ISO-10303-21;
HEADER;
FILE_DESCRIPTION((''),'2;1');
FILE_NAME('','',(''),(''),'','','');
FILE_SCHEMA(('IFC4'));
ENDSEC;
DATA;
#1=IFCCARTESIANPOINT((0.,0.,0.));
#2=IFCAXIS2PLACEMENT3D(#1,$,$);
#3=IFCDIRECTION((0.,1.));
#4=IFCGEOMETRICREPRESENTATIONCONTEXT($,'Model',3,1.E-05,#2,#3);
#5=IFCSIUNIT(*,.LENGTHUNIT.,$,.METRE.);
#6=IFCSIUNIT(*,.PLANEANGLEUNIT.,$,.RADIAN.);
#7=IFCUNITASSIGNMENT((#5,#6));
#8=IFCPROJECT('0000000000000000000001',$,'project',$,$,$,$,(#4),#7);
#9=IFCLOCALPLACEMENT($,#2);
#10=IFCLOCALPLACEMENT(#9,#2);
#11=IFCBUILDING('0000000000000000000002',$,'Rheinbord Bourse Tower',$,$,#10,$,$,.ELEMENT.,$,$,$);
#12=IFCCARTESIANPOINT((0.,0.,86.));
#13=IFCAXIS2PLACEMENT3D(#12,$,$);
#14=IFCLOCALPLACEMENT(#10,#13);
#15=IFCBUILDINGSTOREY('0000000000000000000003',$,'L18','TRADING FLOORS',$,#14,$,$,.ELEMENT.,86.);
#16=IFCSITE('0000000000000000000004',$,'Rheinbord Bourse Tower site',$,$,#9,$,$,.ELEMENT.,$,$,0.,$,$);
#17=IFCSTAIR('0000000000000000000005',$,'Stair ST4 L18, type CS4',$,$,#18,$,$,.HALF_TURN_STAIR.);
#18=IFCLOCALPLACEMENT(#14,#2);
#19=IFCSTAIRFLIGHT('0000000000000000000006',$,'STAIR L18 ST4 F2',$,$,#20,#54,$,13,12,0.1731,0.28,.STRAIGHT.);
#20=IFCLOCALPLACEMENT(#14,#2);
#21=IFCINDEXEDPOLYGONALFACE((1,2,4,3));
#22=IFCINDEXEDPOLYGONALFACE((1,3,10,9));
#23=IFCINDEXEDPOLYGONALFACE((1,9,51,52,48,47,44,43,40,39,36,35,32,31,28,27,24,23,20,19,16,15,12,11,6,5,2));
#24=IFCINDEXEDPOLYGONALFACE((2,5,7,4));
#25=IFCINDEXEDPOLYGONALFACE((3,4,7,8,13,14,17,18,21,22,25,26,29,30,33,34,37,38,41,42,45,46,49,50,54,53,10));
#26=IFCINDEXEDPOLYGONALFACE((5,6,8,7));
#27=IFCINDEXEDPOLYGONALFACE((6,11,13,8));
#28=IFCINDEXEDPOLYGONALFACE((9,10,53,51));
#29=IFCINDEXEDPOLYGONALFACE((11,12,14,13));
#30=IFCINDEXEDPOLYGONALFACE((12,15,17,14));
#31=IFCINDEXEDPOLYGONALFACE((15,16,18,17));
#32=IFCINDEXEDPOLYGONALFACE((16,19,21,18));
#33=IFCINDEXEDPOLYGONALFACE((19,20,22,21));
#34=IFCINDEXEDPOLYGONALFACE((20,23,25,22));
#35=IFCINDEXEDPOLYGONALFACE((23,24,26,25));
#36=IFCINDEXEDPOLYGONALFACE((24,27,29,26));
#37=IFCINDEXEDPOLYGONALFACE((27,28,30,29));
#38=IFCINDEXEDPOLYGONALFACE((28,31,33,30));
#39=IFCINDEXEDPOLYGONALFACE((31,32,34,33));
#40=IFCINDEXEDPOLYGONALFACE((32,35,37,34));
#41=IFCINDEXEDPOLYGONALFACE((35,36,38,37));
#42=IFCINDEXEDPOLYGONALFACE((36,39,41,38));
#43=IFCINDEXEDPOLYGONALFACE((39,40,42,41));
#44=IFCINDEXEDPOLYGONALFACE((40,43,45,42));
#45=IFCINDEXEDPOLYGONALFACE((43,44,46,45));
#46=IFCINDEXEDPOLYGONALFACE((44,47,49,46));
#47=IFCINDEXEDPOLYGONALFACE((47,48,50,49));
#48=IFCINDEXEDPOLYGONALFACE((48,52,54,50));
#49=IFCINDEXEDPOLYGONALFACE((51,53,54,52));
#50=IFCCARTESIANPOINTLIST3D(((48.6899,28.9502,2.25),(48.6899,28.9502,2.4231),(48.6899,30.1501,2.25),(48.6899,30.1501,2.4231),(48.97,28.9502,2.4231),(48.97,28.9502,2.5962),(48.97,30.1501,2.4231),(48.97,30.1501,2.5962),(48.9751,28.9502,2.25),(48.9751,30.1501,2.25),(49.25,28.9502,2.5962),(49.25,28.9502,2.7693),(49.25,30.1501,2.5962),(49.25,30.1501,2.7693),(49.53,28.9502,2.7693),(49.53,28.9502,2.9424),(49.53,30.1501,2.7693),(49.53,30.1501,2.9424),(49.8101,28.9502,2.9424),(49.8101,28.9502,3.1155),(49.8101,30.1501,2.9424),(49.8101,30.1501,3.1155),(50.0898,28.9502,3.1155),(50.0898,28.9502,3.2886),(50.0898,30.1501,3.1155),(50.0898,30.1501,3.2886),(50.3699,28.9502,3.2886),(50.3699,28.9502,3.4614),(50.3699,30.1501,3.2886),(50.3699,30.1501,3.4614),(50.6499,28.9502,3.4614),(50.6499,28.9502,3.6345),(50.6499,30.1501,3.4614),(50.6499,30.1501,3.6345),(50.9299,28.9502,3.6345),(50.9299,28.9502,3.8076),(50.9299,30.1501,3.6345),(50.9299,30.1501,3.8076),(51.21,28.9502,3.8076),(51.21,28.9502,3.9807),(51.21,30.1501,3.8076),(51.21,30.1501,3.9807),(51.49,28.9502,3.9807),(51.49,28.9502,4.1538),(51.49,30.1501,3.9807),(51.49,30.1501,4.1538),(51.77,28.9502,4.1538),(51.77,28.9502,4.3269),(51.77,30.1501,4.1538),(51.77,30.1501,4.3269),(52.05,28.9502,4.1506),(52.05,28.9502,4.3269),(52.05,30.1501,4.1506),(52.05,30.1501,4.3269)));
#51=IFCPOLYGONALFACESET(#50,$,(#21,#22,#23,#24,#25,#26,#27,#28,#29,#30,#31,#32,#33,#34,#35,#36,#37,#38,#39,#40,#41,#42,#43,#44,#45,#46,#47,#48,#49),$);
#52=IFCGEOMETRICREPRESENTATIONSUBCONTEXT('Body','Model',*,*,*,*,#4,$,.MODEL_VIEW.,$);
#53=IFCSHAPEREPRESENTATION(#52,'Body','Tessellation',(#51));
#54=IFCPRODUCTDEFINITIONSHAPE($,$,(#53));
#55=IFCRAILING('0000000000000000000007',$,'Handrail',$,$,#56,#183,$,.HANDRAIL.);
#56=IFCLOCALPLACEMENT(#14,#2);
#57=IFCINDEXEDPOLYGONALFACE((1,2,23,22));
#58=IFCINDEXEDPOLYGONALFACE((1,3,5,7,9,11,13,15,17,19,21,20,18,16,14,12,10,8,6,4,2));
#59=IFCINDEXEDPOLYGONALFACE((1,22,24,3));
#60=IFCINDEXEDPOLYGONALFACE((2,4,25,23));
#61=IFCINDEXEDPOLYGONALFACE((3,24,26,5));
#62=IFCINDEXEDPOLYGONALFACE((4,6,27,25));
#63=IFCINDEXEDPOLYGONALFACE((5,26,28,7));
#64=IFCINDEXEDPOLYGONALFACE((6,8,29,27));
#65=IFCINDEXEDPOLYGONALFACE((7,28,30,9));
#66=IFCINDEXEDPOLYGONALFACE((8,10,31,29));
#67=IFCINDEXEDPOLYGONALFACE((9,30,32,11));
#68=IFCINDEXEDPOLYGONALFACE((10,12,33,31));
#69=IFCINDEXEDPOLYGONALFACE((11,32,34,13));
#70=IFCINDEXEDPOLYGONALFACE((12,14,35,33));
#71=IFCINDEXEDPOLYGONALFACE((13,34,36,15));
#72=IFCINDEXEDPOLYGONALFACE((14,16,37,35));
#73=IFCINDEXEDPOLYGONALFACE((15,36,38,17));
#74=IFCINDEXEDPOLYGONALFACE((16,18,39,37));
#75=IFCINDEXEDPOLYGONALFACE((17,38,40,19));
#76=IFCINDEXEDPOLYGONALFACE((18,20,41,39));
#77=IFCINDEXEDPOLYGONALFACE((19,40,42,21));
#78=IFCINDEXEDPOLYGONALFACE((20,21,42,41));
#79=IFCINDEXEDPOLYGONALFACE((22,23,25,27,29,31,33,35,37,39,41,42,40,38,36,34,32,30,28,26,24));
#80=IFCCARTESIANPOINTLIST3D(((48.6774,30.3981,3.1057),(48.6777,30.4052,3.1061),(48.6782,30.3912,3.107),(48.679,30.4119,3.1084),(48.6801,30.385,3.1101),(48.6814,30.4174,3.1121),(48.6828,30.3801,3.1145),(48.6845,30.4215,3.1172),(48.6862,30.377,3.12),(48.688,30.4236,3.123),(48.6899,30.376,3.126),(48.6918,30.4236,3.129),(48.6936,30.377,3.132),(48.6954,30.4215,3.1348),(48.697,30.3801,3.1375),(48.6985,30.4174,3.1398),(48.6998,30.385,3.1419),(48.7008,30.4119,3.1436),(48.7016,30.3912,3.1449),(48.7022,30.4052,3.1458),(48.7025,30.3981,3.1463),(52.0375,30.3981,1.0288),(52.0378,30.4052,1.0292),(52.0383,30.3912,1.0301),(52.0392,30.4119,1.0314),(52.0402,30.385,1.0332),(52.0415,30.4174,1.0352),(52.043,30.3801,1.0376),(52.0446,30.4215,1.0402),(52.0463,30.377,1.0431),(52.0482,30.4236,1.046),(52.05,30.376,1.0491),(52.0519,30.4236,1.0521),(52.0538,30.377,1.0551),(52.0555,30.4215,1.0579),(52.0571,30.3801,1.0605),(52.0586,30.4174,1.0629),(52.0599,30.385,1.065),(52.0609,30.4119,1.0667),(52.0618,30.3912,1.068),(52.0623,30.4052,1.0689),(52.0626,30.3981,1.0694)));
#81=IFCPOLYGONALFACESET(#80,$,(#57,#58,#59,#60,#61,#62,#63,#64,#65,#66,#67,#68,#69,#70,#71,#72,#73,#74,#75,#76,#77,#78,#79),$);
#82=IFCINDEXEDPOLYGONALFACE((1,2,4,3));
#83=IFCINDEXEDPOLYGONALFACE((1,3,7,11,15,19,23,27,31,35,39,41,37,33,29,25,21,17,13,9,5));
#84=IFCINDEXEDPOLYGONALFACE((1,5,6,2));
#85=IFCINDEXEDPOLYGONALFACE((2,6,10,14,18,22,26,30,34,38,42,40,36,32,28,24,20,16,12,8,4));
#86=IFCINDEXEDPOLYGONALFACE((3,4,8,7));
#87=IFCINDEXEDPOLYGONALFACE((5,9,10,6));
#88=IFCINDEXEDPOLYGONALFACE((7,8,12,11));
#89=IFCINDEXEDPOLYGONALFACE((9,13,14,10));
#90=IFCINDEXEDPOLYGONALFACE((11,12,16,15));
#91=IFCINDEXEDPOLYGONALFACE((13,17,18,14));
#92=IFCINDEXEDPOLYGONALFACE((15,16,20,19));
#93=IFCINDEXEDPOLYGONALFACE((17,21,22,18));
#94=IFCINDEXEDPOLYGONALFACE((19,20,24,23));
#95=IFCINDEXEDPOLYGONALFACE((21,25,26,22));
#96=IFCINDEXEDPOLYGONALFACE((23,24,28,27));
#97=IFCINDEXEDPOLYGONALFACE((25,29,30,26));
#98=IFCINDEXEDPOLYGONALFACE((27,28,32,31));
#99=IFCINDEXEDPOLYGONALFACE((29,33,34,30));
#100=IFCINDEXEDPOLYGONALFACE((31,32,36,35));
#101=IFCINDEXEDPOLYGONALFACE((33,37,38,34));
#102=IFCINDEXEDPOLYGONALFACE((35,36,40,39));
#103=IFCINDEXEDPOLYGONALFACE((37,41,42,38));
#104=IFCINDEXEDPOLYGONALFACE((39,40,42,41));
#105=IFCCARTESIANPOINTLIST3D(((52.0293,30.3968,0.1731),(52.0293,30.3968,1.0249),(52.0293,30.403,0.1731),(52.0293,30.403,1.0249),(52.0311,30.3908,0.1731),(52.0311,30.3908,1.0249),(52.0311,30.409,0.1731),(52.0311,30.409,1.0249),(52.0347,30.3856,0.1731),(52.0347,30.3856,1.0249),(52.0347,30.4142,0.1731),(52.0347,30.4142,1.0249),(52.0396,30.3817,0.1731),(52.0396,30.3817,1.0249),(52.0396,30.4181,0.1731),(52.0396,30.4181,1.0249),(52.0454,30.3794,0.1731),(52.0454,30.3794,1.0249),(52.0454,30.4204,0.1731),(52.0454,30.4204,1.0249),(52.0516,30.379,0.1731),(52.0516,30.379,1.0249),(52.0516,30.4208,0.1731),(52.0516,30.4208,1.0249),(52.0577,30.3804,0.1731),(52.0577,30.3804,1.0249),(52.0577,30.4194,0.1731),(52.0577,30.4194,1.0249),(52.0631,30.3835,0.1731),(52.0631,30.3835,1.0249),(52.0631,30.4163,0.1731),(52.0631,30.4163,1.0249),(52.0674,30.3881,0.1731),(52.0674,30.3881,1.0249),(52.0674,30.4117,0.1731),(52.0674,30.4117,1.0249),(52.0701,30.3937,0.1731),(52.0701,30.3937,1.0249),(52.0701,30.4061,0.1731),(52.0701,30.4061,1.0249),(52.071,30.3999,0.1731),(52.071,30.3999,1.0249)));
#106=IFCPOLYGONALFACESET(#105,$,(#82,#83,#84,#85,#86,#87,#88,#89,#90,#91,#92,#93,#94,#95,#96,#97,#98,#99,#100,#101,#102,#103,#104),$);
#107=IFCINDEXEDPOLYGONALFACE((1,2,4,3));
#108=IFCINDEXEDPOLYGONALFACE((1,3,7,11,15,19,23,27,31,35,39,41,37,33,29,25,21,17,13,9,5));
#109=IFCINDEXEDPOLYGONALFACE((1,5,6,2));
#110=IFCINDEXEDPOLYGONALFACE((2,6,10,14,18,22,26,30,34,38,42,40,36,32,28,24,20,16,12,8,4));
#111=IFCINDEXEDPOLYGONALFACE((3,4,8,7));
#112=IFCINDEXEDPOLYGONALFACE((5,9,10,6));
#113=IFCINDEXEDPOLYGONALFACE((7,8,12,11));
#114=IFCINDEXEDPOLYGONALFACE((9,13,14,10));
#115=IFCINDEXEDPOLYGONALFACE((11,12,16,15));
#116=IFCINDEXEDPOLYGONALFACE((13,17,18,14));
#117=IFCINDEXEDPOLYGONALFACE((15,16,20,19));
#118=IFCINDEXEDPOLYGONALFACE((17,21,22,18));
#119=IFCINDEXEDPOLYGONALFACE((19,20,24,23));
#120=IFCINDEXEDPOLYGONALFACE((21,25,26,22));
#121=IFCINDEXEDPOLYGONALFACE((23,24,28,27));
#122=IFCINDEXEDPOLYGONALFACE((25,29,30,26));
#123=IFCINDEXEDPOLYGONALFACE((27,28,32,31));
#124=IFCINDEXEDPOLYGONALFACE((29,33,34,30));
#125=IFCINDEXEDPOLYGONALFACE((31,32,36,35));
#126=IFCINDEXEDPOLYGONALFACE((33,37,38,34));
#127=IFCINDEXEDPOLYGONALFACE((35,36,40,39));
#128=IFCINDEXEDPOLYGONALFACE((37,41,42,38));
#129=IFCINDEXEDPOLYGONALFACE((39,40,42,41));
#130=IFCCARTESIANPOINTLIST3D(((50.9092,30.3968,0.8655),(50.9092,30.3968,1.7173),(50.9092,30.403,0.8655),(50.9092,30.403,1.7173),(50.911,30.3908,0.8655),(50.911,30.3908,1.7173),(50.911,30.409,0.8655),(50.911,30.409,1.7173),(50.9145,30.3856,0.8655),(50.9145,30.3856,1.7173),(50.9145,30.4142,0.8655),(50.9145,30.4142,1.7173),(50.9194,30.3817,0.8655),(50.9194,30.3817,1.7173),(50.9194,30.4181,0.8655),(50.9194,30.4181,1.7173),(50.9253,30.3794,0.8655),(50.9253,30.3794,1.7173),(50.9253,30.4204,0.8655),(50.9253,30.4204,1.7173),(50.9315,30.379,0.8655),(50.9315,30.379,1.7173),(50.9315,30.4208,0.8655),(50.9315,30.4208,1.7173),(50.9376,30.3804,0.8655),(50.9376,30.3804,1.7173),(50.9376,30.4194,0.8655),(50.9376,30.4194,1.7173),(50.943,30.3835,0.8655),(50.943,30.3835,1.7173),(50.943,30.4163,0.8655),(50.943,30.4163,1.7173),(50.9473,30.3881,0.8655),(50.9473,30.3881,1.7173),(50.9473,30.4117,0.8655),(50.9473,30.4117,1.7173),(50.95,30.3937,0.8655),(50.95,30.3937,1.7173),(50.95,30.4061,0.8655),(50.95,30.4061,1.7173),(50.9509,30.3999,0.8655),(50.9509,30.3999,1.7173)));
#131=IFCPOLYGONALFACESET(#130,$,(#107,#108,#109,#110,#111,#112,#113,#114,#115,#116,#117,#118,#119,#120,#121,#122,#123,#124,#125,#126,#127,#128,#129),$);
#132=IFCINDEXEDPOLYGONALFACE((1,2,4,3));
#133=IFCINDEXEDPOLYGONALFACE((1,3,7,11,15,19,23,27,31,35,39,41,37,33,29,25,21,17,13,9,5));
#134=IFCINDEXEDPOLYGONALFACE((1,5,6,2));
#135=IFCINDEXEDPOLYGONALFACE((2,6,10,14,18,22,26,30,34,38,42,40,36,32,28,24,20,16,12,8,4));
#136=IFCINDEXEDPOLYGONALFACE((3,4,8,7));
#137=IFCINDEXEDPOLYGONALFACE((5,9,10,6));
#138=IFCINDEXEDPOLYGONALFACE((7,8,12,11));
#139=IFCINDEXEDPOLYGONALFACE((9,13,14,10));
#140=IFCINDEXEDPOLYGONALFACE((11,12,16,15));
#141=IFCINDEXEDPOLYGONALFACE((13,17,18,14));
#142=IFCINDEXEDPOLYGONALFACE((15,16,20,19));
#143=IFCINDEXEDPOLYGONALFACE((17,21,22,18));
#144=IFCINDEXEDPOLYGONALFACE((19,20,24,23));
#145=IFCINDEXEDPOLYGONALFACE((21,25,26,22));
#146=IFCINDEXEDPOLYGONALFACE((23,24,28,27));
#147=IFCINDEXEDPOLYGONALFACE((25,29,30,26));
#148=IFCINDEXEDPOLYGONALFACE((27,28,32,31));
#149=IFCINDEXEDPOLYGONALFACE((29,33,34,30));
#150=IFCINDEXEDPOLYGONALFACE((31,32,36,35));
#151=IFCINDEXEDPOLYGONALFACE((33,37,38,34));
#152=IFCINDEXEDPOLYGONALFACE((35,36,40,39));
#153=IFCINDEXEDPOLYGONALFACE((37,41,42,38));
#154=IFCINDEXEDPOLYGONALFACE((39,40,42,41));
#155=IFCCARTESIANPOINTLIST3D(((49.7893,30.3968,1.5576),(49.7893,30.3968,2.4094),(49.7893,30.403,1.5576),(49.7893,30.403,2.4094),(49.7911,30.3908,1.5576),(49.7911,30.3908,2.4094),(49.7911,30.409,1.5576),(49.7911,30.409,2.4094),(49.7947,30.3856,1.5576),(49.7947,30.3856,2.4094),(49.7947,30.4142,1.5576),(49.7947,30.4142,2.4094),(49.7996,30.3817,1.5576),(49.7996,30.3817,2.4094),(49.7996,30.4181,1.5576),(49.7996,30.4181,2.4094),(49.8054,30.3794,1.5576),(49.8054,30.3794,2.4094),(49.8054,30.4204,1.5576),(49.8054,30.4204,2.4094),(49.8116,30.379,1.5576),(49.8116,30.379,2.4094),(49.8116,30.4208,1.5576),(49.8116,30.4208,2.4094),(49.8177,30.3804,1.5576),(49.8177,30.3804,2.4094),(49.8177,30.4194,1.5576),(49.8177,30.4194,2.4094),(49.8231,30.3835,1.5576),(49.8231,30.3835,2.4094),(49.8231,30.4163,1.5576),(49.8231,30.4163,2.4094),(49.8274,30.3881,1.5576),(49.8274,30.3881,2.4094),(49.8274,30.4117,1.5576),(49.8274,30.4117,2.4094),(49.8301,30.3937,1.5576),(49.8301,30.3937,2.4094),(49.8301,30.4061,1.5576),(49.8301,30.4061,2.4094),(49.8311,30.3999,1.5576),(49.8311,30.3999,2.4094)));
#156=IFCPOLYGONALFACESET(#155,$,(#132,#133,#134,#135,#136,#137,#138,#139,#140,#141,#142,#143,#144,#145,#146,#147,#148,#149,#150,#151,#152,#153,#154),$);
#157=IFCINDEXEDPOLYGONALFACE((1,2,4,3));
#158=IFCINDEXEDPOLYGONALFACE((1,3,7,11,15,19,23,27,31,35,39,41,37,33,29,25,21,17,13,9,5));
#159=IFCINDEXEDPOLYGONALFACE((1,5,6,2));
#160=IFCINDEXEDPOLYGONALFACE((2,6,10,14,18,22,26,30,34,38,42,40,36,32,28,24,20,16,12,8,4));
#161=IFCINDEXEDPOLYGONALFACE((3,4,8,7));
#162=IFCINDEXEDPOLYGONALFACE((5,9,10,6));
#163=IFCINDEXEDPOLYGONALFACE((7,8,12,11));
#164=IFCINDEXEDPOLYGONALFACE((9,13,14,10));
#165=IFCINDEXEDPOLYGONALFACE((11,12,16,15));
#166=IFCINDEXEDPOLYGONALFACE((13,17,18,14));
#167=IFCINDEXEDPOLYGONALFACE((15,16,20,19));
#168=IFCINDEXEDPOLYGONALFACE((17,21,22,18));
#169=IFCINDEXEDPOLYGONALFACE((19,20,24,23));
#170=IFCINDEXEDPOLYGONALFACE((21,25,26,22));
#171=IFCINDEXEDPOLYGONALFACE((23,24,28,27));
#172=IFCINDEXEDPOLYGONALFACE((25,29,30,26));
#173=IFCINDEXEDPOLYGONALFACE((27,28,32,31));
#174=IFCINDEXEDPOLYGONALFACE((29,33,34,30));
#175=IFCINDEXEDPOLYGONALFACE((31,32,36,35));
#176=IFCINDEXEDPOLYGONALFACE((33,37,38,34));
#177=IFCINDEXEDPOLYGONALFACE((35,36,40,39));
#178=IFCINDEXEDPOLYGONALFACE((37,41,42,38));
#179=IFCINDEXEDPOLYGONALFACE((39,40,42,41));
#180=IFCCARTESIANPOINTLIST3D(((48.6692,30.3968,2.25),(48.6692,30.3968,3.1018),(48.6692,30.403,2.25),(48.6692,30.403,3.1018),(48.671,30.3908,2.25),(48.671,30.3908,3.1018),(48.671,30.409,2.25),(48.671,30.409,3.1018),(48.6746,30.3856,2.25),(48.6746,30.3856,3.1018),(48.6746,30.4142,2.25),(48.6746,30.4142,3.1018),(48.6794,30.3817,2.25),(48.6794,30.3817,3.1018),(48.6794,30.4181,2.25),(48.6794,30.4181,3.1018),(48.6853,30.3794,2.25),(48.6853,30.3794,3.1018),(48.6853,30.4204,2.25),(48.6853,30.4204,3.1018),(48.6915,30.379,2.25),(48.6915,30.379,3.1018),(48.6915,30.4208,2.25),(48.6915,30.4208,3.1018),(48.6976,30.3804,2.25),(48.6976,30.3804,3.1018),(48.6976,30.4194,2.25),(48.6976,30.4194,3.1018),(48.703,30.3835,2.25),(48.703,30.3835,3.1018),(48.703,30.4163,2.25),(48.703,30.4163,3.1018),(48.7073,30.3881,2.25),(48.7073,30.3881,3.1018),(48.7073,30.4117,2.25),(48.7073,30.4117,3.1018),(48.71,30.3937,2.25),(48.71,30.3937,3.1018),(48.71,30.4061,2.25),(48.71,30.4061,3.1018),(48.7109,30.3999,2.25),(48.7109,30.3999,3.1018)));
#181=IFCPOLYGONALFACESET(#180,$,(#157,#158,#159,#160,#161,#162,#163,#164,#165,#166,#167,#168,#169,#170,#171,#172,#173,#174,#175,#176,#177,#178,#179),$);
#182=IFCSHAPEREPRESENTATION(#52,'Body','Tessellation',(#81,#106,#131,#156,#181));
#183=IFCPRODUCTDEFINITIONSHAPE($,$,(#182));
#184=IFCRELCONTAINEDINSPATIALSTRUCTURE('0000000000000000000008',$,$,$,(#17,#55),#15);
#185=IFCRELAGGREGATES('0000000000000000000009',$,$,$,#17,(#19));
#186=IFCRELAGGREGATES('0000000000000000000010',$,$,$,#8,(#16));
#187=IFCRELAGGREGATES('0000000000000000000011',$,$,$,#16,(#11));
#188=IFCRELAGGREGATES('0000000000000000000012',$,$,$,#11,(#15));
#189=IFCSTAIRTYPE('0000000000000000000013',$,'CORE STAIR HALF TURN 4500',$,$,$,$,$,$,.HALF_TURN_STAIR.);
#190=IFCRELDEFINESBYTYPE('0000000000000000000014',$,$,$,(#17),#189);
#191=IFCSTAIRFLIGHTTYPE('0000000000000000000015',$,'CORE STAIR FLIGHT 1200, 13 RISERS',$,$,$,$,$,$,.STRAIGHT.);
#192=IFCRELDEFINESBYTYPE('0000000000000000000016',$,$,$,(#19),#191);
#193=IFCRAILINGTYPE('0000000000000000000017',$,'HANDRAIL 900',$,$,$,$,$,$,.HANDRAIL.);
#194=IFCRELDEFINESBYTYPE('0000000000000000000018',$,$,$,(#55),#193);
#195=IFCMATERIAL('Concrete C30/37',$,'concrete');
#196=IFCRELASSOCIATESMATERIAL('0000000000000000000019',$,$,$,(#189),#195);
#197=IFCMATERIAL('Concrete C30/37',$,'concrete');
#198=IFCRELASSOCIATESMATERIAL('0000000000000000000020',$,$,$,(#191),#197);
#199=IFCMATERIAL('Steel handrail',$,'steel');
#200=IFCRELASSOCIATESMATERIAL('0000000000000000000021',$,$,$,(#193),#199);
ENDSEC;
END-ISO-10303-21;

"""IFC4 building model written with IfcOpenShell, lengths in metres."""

from ifc_helpers import new_model, si_unit, direction, frame, origin, origin_2d, place, context, subcontext, project, spatial, polyline, circle, outline, extrude, material, type_object, element, aggregate, save


model = new_model("IFC4")

# Units and contexts
model_context = context("Model", 3, precision=1e-05, world=origin(), true_north=direction((0.0, 1.0)))
body_context = subcontext(model_context, "Body", "Model", "MODEL_VIEW")
ifc_project = project(units=[si_unit("LENGTHUNIT", "METRE"), si_unit("PLANEANGLEUNIT", "RADIAN")], contexts=[model_context])

# Site, building, storey
site_placement = place(None, origin())
site = spatial("IfcSite", under=ifc_project, at=site_placement, Name="Rheinbord Bourse Tower site", CompositionType="ELEMENT", RefElevation=0.0)
building_placement = place(site_placement, origin())
building = spatial("IfcBuilding", under=site, at=building_placement, Name="Rheinbord Bourse Tower", CompositionType="ELEMENT")
storey_placement = place(building_placement, frame((0.0, 0.0, 86.0)))
storey = spatial("IfcBuildingStorey", under=building, at=storey_placement, Name="L18", Description="TRADING FLOORS", CompositionType="ELEMENT", Elevation=86.0)

# Stair, stair flight
ifc_material_1 = material(Name="Concrete C30/37", Category="concrete")
stair_type = type_object("IfcStairType", Name="CORE STAIR HALF TURN 4500", PredefinedType="HALF_TURN_STAIR", material=ifc_material_1)
stair_placement = place(storey_placement, origin())
stair = element("IfcStair", 1, at=stair_placement, inside=storey, type_object=stair_type, Name="Stair ST4 L18, type CS4", PredefinedType="HALF_TURN_STAIR")
ifc_material_2 = material(Name="Concrete C30/37", Category="concrete")
stair_flight_type = type_object("IfcStairFlightType", Name="CORE STAIR FLIGHT 1200, 13 RISERS", PredefinedType="STRAIGHT", material=ifc_material_2)
stair_flight_1_placement = place(storey_placement, frame((48.6899, 29.55, 2.25), z_axis=(0.0, 0.0, 1.0), x_axis=(1.0, 0.0, 0.0)))
stair_flight_1 = element("IfcStairFlight", 2, at=stair_flight_1_placement, type_object=stair_flight_type, Name="STAIR L18 ST4 F2", NumberOfRisers=13, NumberOfTreads=12, PredefinedType="STRAIGHT", RiserHeight=0.1731, TreadLength=0.28, context=body_context, shape_type="SweptSolid", body=[
    extrude(outline(polyline([(0.0, 0.0), (0.0, 0.1731), (0.28, 0.1731), (0.28, 0.3462), (0.5601, 0.3462), (0.5601, 0.5193), (0.8401, 0.5193), (0.8401, 0.6924), (1.1201, 0.6924), (1.1201, 0.8655), (1.3999, 0.8655), (1.3999, 1.0386), (1.6799, 1.0386), (1.6799, 1.2114), (1.96, 1.2114), (1.96, 1.3845), (2.24, 1.3845), (2.24, 1.5576), (2.52, 1.5576), (2.52, 1.7307), (2.8, 1.7307), (2.8, 1.9038), (3.0801, 1.9038), (3.0801, 2.0769), (3.3601, 2.0769), (3.3601, 2.25), (3.3601, 1.9006), (0.2852, 0.0), (0.0, 0.0)])), frame((0.0, 0.6001, 0.0), z_axis=(0.0, -1.0, 0.0), x_axis=(1.0, 0.0, 0.0)), (0.0, 0.0, 1.0), 1.2),
])
aggregate(stair, [stair_flight_1])

# Railing
ifc_material_3 = material(Name="Steel handrail", Category="steel")
railing_type = type_object("IfcRailingType", Name="HANDRAIL 900", PredefinedType="HANDRAIL", material=ifc_material_3)
railing_1_placement = place(storey_placement, frame((52.05, 30.3999, 0.1731)))
element("IfcRailing", 3, at=railing_1_placement, inside=storey, type_object=railing_type, Name="Handrail", PredefinedType="HANDRAIL", context=body_context, shape_type="SweptSolid", body=[
    extrude(circle(Radius=0.0239, at=origin_2d()), frame((0.0, 0.0, 0.876), z_axis=(-0.850623, 0.0, 0.525776), x_axis=(0.0, -1.0, 0.0)), (0.0, 0.0, 1.0), 3.9502),
    extrude(circle(Radius=0.021, at=origin_2d()), origin(), (0.0, 0.0, 1.0), 0.8518),
    extrude(circle(Radius=0.021, at=origin_2d()), frame((-1.1201, 0.0, 0.6924)), (0.0, 0.0, 1.0), 0.8518),
    extrude(circle(Radius=0.021, at=origin_2d()), frame((-2.24, 0.0, 1.3845)), (0.0, 0.0, 1.0), 0.8518),
    extrude(circle(Radius=0.021, at=origin_2d()), frame((-3.3601, 0.0, 2.0769)), (0.0, 0.0, 1.0), 0.8518),
])

save(model, "model.ifc")
